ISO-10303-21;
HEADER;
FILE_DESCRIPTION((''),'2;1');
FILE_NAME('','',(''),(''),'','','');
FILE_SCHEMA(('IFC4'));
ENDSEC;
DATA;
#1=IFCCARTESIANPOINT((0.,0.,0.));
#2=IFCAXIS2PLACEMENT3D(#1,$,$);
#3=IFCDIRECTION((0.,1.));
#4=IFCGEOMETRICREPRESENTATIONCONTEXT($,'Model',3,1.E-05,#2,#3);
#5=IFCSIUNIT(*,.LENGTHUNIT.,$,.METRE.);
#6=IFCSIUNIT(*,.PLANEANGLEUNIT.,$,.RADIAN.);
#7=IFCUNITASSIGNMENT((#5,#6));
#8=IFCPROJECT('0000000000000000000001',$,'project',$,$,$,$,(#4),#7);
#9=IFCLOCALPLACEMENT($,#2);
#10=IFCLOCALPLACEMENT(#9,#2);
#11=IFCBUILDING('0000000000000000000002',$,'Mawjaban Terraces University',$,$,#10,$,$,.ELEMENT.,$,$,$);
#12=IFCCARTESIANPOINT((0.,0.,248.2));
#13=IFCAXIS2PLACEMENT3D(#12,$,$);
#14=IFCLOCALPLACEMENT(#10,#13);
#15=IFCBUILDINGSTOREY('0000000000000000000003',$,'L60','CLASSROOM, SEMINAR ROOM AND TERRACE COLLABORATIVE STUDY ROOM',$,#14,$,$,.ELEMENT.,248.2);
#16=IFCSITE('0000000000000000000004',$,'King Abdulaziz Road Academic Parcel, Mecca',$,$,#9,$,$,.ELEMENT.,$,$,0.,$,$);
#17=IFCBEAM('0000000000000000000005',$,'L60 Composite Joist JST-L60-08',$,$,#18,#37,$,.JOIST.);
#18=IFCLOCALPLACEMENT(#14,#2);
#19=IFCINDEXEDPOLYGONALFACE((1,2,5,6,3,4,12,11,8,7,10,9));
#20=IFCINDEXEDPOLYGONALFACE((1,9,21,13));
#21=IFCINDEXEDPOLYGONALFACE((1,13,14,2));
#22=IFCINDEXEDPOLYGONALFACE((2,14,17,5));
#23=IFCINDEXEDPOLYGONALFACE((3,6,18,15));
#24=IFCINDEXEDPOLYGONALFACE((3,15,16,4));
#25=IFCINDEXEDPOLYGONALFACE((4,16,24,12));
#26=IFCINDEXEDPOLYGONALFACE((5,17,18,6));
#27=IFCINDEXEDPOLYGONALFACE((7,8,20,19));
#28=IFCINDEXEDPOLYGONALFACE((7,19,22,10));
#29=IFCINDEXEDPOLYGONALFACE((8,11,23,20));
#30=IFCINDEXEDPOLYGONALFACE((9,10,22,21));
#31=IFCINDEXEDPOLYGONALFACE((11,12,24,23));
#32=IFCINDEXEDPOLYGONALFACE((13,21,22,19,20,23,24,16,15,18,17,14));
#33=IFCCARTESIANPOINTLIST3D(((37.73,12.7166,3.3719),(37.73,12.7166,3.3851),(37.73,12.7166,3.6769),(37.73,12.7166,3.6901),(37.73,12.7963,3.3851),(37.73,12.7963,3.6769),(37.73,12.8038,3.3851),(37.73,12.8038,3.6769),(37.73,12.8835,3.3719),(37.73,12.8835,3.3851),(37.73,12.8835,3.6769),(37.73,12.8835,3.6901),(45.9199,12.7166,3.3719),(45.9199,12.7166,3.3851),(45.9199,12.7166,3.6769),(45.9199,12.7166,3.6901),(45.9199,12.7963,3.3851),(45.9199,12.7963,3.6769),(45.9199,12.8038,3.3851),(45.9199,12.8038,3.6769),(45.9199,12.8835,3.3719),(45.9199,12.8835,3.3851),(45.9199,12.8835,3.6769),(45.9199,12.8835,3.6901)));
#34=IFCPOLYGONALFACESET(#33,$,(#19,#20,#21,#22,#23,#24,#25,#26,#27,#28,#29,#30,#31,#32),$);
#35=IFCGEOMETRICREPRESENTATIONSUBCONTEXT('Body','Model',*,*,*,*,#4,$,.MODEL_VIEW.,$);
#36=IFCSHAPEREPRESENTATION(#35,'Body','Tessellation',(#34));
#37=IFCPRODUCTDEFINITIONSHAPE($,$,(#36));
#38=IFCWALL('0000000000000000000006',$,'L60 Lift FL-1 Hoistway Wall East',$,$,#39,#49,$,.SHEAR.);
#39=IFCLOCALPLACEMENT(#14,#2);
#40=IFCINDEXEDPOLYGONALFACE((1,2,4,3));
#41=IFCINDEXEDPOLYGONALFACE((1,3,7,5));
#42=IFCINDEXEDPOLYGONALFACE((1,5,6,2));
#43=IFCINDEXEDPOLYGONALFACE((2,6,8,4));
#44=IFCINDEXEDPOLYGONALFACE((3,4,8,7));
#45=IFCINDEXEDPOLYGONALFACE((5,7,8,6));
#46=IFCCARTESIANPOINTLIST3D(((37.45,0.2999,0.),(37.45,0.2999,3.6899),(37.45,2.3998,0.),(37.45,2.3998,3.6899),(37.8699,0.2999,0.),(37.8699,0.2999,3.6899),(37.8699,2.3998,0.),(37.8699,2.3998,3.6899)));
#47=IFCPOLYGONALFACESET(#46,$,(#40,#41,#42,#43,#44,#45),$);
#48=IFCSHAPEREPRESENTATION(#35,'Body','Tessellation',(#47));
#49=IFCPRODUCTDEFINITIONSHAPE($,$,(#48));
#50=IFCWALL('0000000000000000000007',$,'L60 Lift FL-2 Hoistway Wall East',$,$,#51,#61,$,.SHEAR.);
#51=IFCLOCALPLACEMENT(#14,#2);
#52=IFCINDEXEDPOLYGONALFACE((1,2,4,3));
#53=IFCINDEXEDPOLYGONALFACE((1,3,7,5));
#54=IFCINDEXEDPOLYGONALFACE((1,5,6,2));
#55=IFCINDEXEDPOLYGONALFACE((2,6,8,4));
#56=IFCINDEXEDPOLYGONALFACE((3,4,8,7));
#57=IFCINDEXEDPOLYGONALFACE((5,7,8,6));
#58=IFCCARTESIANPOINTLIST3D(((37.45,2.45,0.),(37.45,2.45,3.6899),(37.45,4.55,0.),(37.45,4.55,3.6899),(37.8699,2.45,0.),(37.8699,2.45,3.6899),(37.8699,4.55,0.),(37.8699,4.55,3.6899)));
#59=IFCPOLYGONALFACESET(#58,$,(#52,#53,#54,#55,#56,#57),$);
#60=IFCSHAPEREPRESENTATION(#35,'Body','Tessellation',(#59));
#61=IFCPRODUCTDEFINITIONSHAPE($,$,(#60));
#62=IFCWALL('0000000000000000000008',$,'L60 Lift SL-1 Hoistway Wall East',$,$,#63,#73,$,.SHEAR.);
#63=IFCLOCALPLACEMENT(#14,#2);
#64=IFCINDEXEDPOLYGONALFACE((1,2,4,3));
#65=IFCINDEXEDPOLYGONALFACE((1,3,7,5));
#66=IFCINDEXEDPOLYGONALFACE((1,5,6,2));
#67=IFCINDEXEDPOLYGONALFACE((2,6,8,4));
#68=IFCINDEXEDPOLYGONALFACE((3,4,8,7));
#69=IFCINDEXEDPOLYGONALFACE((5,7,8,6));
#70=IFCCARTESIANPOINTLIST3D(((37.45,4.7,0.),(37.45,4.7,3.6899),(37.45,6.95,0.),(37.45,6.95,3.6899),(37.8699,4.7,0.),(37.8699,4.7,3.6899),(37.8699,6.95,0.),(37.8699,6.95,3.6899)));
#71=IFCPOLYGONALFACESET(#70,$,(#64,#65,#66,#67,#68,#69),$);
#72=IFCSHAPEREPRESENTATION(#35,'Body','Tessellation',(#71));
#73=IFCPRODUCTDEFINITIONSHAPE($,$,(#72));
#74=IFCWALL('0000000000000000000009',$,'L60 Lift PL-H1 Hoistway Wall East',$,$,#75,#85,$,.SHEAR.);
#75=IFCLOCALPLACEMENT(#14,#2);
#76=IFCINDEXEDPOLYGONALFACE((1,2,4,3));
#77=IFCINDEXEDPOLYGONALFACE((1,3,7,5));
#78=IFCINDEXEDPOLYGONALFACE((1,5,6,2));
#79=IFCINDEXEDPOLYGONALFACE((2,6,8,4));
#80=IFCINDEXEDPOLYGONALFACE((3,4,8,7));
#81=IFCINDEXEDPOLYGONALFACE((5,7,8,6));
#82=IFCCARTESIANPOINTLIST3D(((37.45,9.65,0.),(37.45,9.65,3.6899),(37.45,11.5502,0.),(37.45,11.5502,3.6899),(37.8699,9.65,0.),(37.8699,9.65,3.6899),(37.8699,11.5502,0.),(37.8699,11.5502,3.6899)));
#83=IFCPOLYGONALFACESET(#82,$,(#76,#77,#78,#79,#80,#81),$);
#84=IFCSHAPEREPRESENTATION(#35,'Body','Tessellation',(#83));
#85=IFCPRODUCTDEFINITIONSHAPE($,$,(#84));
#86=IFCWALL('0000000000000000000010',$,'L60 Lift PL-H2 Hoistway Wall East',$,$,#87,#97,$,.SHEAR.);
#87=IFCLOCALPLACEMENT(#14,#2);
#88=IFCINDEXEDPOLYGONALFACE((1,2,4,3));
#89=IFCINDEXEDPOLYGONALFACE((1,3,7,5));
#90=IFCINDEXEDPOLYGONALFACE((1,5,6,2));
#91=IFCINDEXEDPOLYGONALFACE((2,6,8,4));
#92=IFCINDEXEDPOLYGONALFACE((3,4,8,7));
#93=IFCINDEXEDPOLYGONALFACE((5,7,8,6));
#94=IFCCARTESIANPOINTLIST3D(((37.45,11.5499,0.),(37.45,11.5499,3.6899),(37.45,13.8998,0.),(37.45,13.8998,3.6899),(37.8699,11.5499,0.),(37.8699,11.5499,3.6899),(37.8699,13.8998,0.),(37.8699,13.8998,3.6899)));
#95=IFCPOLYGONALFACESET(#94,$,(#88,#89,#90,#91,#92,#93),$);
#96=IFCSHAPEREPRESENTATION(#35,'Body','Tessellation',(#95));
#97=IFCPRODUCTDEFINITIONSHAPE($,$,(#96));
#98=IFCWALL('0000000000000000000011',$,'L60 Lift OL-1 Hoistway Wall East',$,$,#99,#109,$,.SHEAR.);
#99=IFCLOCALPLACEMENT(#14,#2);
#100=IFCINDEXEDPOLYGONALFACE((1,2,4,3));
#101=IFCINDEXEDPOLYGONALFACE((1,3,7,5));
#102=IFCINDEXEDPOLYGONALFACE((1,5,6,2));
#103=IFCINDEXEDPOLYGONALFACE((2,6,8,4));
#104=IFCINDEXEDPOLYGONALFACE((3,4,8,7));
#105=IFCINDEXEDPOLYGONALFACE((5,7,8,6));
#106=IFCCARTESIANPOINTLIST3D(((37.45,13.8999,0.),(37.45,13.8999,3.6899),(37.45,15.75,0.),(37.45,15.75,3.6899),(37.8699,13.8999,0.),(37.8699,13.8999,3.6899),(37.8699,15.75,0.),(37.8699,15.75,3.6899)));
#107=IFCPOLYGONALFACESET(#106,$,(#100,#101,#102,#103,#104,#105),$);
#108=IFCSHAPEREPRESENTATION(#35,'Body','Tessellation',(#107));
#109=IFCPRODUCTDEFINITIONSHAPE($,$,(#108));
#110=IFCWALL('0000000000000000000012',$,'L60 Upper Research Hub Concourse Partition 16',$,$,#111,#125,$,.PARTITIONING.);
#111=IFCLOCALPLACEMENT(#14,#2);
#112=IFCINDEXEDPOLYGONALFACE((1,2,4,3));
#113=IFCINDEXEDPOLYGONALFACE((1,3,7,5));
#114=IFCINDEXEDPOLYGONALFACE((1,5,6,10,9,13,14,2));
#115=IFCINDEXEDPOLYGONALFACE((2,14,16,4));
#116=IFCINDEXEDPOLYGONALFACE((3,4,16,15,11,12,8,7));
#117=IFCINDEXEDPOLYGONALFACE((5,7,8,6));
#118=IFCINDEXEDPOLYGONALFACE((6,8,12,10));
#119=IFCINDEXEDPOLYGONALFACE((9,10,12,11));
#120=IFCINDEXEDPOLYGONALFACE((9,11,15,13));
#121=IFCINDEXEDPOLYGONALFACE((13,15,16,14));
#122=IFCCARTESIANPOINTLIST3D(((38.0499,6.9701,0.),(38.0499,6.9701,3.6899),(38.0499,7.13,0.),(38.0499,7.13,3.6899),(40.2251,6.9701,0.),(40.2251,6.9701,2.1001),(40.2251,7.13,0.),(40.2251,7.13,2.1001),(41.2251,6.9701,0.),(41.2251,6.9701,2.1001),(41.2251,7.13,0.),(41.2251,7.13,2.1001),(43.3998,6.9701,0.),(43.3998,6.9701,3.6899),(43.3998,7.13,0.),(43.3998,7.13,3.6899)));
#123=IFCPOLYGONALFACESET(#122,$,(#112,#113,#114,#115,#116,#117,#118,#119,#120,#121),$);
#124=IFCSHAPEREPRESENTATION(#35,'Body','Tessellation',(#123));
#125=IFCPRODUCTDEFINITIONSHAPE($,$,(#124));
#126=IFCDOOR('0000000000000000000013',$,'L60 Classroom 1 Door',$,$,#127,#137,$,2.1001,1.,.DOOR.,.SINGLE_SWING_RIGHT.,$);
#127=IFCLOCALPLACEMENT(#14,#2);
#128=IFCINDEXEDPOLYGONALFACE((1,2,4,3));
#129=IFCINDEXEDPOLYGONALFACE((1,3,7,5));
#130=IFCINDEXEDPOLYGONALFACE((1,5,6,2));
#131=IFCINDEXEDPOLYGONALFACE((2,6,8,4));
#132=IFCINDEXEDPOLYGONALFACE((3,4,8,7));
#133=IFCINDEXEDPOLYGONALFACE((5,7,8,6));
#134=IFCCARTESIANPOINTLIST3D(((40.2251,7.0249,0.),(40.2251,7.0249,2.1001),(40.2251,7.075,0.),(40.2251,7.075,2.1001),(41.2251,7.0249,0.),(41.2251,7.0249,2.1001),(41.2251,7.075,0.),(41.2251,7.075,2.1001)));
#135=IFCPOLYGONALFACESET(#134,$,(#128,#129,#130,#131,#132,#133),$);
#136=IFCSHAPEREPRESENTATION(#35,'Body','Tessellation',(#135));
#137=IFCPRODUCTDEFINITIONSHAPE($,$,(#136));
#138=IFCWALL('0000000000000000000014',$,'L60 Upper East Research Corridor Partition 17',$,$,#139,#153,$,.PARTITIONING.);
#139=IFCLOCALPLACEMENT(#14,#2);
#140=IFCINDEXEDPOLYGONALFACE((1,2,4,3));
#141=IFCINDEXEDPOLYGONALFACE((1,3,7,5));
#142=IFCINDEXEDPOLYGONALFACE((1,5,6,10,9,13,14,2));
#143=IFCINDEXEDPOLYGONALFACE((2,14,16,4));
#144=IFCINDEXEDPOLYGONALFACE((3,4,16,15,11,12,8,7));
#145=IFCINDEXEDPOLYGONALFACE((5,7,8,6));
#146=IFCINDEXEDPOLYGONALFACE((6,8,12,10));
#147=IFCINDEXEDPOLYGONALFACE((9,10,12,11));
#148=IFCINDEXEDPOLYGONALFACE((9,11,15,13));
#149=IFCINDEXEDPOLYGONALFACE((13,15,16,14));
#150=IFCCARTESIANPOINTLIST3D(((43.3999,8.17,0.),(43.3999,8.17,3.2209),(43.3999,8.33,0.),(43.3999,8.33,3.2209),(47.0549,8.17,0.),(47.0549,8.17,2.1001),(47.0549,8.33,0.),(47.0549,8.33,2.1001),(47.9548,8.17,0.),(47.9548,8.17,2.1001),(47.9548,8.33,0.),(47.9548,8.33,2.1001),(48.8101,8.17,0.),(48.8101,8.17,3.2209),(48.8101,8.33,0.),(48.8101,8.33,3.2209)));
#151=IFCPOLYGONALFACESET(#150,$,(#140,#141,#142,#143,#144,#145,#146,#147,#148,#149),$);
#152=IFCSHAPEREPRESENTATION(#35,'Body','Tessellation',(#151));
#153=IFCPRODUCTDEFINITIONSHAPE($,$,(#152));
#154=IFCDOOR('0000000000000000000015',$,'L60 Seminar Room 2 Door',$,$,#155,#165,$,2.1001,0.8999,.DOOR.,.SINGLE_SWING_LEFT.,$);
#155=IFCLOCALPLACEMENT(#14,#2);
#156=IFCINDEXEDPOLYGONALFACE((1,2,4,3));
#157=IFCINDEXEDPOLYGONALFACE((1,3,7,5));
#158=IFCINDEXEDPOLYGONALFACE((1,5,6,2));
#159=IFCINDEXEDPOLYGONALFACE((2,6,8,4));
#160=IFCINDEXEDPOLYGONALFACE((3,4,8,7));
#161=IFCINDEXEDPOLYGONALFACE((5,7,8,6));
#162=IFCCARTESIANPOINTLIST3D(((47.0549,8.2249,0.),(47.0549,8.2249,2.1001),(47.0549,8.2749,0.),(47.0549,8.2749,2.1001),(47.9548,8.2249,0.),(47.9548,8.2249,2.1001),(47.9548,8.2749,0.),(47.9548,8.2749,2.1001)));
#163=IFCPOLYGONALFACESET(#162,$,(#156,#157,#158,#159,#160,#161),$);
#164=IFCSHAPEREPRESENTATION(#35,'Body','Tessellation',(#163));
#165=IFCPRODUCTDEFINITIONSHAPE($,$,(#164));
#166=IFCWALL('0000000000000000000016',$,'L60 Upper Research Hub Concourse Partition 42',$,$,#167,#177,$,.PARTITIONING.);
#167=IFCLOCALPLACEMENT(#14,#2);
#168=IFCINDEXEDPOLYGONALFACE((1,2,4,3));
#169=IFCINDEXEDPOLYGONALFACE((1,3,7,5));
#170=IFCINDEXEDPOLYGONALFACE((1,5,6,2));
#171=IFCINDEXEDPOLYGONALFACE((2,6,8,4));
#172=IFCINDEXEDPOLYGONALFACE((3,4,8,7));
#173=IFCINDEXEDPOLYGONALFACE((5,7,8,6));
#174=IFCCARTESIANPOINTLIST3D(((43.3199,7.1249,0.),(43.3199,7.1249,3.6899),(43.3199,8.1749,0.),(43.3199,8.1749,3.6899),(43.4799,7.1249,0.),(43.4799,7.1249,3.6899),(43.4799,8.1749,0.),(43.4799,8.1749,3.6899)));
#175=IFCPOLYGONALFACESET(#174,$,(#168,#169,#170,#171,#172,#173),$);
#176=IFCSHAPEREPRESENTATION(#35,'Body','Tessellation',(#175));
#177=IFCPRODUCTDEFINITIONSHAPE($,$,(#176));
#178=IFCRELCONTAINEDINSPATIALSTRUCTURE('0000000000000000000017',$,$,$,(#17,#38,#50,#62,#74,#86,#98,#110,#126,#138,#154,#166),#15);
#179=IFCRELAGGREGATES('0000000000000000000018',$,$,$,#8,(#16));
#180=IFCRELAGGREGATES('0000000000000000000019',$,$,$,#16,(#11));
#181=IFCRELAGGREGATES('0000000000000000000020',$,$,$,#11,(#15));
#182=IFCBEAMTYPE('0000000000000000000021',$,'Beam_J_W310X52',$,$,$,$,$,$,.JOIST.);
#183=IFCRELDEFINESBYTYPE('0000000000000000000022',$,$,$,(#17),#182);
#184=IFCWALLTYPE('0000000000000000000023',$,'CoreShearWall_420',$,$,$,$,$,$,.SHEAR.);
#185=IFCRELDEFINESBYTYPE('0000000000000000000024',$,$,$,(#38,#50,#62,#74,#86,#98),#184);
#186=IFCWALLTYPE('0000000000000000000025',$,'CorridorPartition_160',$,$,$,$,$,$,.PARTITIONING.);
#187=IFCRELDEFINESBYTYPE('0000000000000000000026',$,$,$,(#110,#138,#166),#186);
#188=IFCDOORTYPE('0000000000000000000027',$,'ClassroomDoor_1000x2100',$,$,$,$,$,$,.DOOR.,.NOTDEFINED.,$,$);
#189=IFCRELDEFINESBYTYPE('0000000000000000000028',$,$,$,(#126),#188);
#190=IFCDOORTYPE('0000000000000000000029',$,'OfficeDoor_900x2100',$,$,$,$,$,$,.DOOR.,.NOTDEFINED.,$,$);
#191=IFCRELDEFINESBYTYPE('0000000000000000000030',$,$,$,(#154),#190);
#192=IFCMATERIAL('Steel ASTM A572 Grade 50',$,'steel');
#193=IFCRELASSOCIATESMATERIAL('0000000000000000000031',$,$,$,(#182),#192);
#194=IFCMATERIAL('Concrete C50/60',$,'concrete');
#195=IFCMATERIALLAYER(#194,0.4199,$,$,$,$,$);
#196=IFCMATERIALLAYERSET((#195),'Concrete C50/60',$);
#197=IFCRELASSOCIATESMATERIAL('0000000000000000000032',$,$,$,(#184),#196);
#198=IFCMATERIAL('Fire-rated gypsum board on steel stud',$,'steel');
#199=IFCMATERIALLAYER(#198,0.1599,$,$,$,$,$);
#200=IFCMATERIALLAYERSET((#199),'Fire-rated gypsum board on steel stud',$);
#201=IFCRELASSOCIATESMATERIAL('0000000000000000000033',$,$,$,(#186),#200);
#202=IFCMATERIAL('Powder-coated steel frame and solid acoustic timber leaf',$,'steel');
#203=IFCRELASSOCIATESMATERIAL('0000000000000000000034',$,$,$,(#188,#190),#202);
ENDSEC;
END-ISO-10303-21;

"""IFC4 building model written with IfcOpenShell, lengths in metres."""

from ifc_helpers import new_model, si_unit, direction, frame, frame_2d, origin, origin_2d, place, context, subcontext, project, spatial, rectangle, i_section, extrude, material, layer, layer_set, material_profile, profile_set, type_object, element, fill, save


model = new_model("IFC4")

# Units and contexts
model_context = context("Model", 3, precision=1e-05, world=origin(), true_north=direction((0.0, 1.0)))
body_context = subcontext(model_context, "Body", "Model", "MODEL_VIEW")
ifc_project = project(units=[si_unit("LENGTHUNIT", "METRE"), si_unit("PLANEANGLEUNIT", "RADIAN")], contexts=[model_context])

# Site, building, storey
site_placement = place(None, origin())
site = spatial("IfcSite", under=ifc_project, at=site_placement, Name="King Abdulaziz Road Academic Parcel, Mecca", CompositionType="ELEMENT", RefElevation=0.0)
building_placement = place(site_placement, origin())
building = spatial("IfcBuilding", under=site, at=building_placement, Name="Mawjaban Terraces University", CompositionType="ELEMENT")
storey_placement = place(building_placement, frame((0.0, 0.0, 248.2)))
storey = spatial("IfcBuildingStorey", under=building, at=storey_placement, Name="L60", Description="CLASSROOM, SEMINAR ROOM AND TERRACE COLLABORATIVE STUDY ROOM", CompositionType="ELEMENT", Elevation=248.2)

# Shared definitions
ifc_material_1 = material(Name="Concrete C50/60", Category="concrete")

# Beam
ifc_material_2 = material(Name="Steel ASTM A572 Grade 50", Category="steel")
ifc_material_profile_1 = material_profile(ifc_material_2, i_section(OverallWidth=0.167, OverallDepth=0.3181, WebThickness=0.0076, FlangeThickness=0.0132, at=origin_2d()), Name="W310X52")
ifc_profile_set_1 = profile_set([ifc_material_profile_1], Name="Steel ASTM A572 Grade 50")
beam_type_1 = type_object("IfcBeamType", Name="Beam_J_W310X52", PredefinedType="JOIST", material=ifc_profile_set_1)
for number, where, z_axis, x_axis, name in (
    (1, (37.73, 12.8, 3.531), (1.0, 0.0, 0.0), (0.0, 1.0, 0.0), "L60 Composite Joist JST-L60-08"),
):
    element("IfcBeam", number, at=place(storey_placement, frame(where, z_axis=z_axis, x_axis=x_axis)), inside=storey, type_object=beam_type_1, Name=name, PredefinedType="JOIST", context=body_context, shape_type="SweptSolid", body=[
        extrude(i_section(OverallWidth=0.167, OverallDepth=0.3181, WebThickness=0.0076, FlangeThickness=0.0132, at=origin_2d()), origin(), (0.0, 0.0, 1.0), 8.1899),
    ])

# Walls
ifc_layer_1 = layer(ifc_material_1, 0.4199)
ifc_layer_set_1 = layer_set([ifc_layer_1], Name="Concrete C50/60")
wall_type_1 = type_object("IfcWallType", Name="CoreShearWall_420", PredefinedType="SHEAR", material=ifc_layer_set_1)
wall_1_placement = place(storey_placement, frame((37.6599, 0.3, 0.0), z_axis=(0.0, 0.0, 1.0), x_axis=(0.0, 1.0, 0.0)))
element("IfcWall", 2, at=wall_1_placement, inside=storey, type_object=wall_type_1, Name="L60 Lift FL-1 Hoistway Wall East", PredefinedType="SHEAR", context=body_context, shape_type="SweptSolid", body=[
    extrude(rectangle(XDim=2.0999, YDim=0.4199, at=frame_2d((1.0498, 0.0))), origin(), (0.0, 0.0, 1.0), 3.6899),
])
wall_2_placement = place(storey_placement, frame((37.6599, 2.45, 0.0), z_axis=(0.0, 0.0, 1.0), x_axis=(0.0, 1.0, 0.0)))
element("IfcWall", 3, at=wall_2_placement, inside=storey, type_object=wall_type_1, Name="L60 Lift FL-2 Hoistway Wall East", PredefinedType="SHEAR", context=body_context, shape_type="SweptSolid", body=[
    extrude(rectangle(XDim=2.1001, YDim=0.4199, at=frame_2d((1.05, 0.0))), origin(), (0.0, 0.0, 1.0), 3.6899),
])
wall_3_placement = place(storey_placement, frame((37.6599, 4.7, 0.0), z_axis=(0.0, 0.0, 1.0), x_axis=(0.0, 1.0, 0.0)))
element("IfcWall", 4, at=wall_3_placement, inside=storey, type_object=wall_type_1, Name="L60 Lift SL-1 Hoistway Wall East", PredefinedType="SHEAR", context=body_context, shape_type="SweptSolid", body=[
    extrude(rectangle(XDim=2.25, YDim=0.4199, at=frame_2d((1.125, 0.0))), origin(), (0.0, 0.0, 1.0), 3.6899),
])
wall_4_placement = place(storey_placement, frame((37.6599, 9.6499, 0.0), z_axis=(0.0, 0.0, 1.0), x_axis=(0.0, 1.0, 0.0)))
element("IfcWall", 5, at=wall_4_placement, inside=storey, type_object=wall_type_1, Name="L60 Lift PL-H1 Hoistway Wall East", PredefinedType="SHEAR", context=body_context, shape_type="SweptSolid", body=[
    extrude(rectangle(XDim=1.9001, YDim=0.4199, at=frame_2d((0.9502, 0.0))), origin(), (0.0, 0.0, 1.0), 3.6899),
])
wall_5_placement = place(storey_placement, frame((37.6599, 11.55, 0.0), z_axis=(0.0, 0.0, 1.0), x_axis=(0.0, 1.0, 0.0)))
element("IfcWall", 6, at=wall_5_placement, inside=storey, type_object=wall_type_1, Name="L60 Lift PL-H2 Hoistway Wall East", PredefinedType="SHEAR", context=body_context, shape_type="SweptSolid", body=[
    extrude(rectangle(XDim=2.3499, YDim=0.4199, at=frame_2d((1.1748, 0.0))), origin(), (0.0, 0.0, 1.0), 3.6899),
])
wall_6_placement = place(storey_placement, frame((37.6599, 13.8999, 0.0), z_axis=(0.0, 0.0, 1.0), x_axis=(0.0, 1.0, 0.0)))
element("IfcWall", 7, at=wall_6_placement, inside=storey, type_object=wall_type_1, Name="L60 Lift OL-1 Hoistway Wall East", PredefinedType="SHEAR", context=body_context, shape_type="SweptSolid", body=[
    extrude(rectangle(XDim=1.8501, YDim=0.4199, at=frame_2d((0.925, 0.0))), origin(), (0.0, 0.0, 1.0), 3.6899),
])

# Walls, openings, doors
ifc_material_3 = material(Name="Fire-rated gypsum board on steel stud", Category="steel")
ifc_layer_2 = layer(ifc_material_3, 0.1599)
ifc_layer_set_2 = layer_set([ifc_layer_2], Name="Fire-rated gypsum board on steel stud")
wall_type_2 = type_object("IfcWallType", Name="CorridorPartition_160", PredefinedType="PARTITIONING", material=ifc_layer_set_2)
wall_7_placement = place(storey_placement, frame((38.05, 7.05, 0.0), z_axis=(0.0, 0.0, 1.0), x_axis=(1.0, 0.0, 0.0)))
wall_7 = element("IfcWall", 8, at=wall_7_placement, inside=storey, type_object=wall_type_2, Name="L60 Upper Research Hub Concourse Partition 16", PredefinedType="PARTITIONING", context=body_context, shape_type="SweptSolid", body=[
    extrude(rectangle(XDim=5.3499, YDim=0.1599, at=frame_2d((2.6748, 0.0))), origin(), (0.0, 0.0, 1.0), 3.6899),
])
opening_1_placement = place(wall_7_placement, frame((2.175, 0.0, 0.0)))
opening_1 = element("IfcOpeningElement", 9, at=opening_1_placement, cuts=wall_7, PredefinedType="OPENING", context=body_context, shape_type="SweptSolid", body=[
    extrude(rectangle(XDim=1.0, YDim=2.1001, at=frame_2d((0.5, 1.05))), frame((0.0, 0.0898, 0.0), z_axis=(0.0, -1.0, 0.0), x_axis=(1.0, 0.0, 0.0)), (0.0, 0.0, 1.0), 0.1799),
])
ifc_material_4 = material(Name="Powder-coated steel frame and solid acoustic timber leaf", Category="steel")
door_type_1 = type_object("IfcDoorType", Name="ClassroomDoor_1000x2100", OperationType="NOTDEFINED", PredefinedType="DOOR", material=ifc_material_4)
door_1_placement = place(opening_1_placement, origin())
door_1 = element("IfcDoor", 10, at=door_1_placement, inside=storey, type_object=door_type_1, Name="L60 Classroom 1 Door", OperationType="SINGLE_SWING_RIGHT", OverallHeight=2.1001, OverallWidth=1.0, PredefinedType="DOOR", context=body_context, shape_type="SweptSolid", body=[
    extrude(rectangle(XDim=1.0, YDim=2.1001, at=frame_2d((0.5, 1.05))), frame((0.0, 0.0249, 0.0), z_axis=(0.0, -1.0, 0.0), x_axis=(1.0, 0.0, 0.0)), (0.0, 0.0, 1.0), 0.05),
])
fill(opening_1, door_1)
wall_8_placement = place(storey_placement, frame((43.3999, 8.25, 0.0), z_axis=(0.0, 0.0, 1.0), x_axis=(1.0, 0.0, 0.0)))
wall_8 = element("IfcWall", 11, at=wall_8_placement, inside=storey, type_object=wall_type_2, Name="L60 Upper East Research Corridor Partition 17", PredefinedType="PARTITIONING", context=body_context, shape_type="SweptSolid", body=[
    extrude(rectangle(XDim=5.4102, YDim=0.1599, at=frame_2d((2.7051, 0.0))), origin(), (0.0, 0.0, 1.0), 3.2209),
])
opening_2_placement = place(wall_8_placement, frame((3.655, 0.0, 0.0)))
opening_2 = element("IfcOpeningElement", 12, at=opening_2_placement, cuts=wall_8, PredefinedType="OPENING", context=body_context, shape_type="SweptSolid", body=[
    extrude(rectangle(XDim=0.8999, YDim=2.1001, at=frame_2d((0.45, 1.05))), frame((0.0, 0.0898, 0.0), z_axis=(0.0, -1.0, 0.0), x_axis=(1.0, 0.0, 0.0)), (0.0, 0.0, 1.0), 0.1799),
])
door_type_2 = type_object("IfcDoorType", Name="OfficeDoor_900x2100", OperationType="NOTDEFINED", PredefinedType="DOOR", material=ifc_material_4)
door_2_placement = place(opening_2_placement, origin())
door_2 = element("IfcDoor", 13, at=door_2_placement, inside=storey, type_object=door_type_2, Name="L60 Seminar Room 2 Door", OperationType="SINGLE_SWING_LEFT", OverallHeight=2.1001, OverallWidth=0.8999, PredefinedType="DOOR", context=body_context, shape_type="SweptSolid", body=[
    extrude(rectangle(XDim=0.8999, YDim=2.1001, at=frame_2d((0.45, 1.05))), frame((0.0, 0.0249, 0.0), z_axis=(0.0, -1.0, 0.0), x_axis=(1.0, 0.0, 0.0)), (0.0, 0.0, 1.0), 0.05),
])
fill(opening_2, door_2)

# Wall
wall_9_placement = place(storey_placement, frame((43.3999, 7.125, 0.0), z_axis=(0.0, 0.0, 1.0), x_axis=(0.0, 1.0, 0.0)))
element("IfcWall", 14, at=wall_9_placement, inside=storey, type_object=wall_type_2, Name="L60 Upper Research Hub Concourse Partition 42", PredefinedType="PARTITIONING", context=body_context, shape_type="SweptSolid", body=[
    extrude(rectangle(XDim=1.05, YDim=0.1599, at=frame_2d((0.5249, 0.0))), origin(), (0.0, 0.0, 1.0), 3.6899),
])

save(model, "model.ifc")
